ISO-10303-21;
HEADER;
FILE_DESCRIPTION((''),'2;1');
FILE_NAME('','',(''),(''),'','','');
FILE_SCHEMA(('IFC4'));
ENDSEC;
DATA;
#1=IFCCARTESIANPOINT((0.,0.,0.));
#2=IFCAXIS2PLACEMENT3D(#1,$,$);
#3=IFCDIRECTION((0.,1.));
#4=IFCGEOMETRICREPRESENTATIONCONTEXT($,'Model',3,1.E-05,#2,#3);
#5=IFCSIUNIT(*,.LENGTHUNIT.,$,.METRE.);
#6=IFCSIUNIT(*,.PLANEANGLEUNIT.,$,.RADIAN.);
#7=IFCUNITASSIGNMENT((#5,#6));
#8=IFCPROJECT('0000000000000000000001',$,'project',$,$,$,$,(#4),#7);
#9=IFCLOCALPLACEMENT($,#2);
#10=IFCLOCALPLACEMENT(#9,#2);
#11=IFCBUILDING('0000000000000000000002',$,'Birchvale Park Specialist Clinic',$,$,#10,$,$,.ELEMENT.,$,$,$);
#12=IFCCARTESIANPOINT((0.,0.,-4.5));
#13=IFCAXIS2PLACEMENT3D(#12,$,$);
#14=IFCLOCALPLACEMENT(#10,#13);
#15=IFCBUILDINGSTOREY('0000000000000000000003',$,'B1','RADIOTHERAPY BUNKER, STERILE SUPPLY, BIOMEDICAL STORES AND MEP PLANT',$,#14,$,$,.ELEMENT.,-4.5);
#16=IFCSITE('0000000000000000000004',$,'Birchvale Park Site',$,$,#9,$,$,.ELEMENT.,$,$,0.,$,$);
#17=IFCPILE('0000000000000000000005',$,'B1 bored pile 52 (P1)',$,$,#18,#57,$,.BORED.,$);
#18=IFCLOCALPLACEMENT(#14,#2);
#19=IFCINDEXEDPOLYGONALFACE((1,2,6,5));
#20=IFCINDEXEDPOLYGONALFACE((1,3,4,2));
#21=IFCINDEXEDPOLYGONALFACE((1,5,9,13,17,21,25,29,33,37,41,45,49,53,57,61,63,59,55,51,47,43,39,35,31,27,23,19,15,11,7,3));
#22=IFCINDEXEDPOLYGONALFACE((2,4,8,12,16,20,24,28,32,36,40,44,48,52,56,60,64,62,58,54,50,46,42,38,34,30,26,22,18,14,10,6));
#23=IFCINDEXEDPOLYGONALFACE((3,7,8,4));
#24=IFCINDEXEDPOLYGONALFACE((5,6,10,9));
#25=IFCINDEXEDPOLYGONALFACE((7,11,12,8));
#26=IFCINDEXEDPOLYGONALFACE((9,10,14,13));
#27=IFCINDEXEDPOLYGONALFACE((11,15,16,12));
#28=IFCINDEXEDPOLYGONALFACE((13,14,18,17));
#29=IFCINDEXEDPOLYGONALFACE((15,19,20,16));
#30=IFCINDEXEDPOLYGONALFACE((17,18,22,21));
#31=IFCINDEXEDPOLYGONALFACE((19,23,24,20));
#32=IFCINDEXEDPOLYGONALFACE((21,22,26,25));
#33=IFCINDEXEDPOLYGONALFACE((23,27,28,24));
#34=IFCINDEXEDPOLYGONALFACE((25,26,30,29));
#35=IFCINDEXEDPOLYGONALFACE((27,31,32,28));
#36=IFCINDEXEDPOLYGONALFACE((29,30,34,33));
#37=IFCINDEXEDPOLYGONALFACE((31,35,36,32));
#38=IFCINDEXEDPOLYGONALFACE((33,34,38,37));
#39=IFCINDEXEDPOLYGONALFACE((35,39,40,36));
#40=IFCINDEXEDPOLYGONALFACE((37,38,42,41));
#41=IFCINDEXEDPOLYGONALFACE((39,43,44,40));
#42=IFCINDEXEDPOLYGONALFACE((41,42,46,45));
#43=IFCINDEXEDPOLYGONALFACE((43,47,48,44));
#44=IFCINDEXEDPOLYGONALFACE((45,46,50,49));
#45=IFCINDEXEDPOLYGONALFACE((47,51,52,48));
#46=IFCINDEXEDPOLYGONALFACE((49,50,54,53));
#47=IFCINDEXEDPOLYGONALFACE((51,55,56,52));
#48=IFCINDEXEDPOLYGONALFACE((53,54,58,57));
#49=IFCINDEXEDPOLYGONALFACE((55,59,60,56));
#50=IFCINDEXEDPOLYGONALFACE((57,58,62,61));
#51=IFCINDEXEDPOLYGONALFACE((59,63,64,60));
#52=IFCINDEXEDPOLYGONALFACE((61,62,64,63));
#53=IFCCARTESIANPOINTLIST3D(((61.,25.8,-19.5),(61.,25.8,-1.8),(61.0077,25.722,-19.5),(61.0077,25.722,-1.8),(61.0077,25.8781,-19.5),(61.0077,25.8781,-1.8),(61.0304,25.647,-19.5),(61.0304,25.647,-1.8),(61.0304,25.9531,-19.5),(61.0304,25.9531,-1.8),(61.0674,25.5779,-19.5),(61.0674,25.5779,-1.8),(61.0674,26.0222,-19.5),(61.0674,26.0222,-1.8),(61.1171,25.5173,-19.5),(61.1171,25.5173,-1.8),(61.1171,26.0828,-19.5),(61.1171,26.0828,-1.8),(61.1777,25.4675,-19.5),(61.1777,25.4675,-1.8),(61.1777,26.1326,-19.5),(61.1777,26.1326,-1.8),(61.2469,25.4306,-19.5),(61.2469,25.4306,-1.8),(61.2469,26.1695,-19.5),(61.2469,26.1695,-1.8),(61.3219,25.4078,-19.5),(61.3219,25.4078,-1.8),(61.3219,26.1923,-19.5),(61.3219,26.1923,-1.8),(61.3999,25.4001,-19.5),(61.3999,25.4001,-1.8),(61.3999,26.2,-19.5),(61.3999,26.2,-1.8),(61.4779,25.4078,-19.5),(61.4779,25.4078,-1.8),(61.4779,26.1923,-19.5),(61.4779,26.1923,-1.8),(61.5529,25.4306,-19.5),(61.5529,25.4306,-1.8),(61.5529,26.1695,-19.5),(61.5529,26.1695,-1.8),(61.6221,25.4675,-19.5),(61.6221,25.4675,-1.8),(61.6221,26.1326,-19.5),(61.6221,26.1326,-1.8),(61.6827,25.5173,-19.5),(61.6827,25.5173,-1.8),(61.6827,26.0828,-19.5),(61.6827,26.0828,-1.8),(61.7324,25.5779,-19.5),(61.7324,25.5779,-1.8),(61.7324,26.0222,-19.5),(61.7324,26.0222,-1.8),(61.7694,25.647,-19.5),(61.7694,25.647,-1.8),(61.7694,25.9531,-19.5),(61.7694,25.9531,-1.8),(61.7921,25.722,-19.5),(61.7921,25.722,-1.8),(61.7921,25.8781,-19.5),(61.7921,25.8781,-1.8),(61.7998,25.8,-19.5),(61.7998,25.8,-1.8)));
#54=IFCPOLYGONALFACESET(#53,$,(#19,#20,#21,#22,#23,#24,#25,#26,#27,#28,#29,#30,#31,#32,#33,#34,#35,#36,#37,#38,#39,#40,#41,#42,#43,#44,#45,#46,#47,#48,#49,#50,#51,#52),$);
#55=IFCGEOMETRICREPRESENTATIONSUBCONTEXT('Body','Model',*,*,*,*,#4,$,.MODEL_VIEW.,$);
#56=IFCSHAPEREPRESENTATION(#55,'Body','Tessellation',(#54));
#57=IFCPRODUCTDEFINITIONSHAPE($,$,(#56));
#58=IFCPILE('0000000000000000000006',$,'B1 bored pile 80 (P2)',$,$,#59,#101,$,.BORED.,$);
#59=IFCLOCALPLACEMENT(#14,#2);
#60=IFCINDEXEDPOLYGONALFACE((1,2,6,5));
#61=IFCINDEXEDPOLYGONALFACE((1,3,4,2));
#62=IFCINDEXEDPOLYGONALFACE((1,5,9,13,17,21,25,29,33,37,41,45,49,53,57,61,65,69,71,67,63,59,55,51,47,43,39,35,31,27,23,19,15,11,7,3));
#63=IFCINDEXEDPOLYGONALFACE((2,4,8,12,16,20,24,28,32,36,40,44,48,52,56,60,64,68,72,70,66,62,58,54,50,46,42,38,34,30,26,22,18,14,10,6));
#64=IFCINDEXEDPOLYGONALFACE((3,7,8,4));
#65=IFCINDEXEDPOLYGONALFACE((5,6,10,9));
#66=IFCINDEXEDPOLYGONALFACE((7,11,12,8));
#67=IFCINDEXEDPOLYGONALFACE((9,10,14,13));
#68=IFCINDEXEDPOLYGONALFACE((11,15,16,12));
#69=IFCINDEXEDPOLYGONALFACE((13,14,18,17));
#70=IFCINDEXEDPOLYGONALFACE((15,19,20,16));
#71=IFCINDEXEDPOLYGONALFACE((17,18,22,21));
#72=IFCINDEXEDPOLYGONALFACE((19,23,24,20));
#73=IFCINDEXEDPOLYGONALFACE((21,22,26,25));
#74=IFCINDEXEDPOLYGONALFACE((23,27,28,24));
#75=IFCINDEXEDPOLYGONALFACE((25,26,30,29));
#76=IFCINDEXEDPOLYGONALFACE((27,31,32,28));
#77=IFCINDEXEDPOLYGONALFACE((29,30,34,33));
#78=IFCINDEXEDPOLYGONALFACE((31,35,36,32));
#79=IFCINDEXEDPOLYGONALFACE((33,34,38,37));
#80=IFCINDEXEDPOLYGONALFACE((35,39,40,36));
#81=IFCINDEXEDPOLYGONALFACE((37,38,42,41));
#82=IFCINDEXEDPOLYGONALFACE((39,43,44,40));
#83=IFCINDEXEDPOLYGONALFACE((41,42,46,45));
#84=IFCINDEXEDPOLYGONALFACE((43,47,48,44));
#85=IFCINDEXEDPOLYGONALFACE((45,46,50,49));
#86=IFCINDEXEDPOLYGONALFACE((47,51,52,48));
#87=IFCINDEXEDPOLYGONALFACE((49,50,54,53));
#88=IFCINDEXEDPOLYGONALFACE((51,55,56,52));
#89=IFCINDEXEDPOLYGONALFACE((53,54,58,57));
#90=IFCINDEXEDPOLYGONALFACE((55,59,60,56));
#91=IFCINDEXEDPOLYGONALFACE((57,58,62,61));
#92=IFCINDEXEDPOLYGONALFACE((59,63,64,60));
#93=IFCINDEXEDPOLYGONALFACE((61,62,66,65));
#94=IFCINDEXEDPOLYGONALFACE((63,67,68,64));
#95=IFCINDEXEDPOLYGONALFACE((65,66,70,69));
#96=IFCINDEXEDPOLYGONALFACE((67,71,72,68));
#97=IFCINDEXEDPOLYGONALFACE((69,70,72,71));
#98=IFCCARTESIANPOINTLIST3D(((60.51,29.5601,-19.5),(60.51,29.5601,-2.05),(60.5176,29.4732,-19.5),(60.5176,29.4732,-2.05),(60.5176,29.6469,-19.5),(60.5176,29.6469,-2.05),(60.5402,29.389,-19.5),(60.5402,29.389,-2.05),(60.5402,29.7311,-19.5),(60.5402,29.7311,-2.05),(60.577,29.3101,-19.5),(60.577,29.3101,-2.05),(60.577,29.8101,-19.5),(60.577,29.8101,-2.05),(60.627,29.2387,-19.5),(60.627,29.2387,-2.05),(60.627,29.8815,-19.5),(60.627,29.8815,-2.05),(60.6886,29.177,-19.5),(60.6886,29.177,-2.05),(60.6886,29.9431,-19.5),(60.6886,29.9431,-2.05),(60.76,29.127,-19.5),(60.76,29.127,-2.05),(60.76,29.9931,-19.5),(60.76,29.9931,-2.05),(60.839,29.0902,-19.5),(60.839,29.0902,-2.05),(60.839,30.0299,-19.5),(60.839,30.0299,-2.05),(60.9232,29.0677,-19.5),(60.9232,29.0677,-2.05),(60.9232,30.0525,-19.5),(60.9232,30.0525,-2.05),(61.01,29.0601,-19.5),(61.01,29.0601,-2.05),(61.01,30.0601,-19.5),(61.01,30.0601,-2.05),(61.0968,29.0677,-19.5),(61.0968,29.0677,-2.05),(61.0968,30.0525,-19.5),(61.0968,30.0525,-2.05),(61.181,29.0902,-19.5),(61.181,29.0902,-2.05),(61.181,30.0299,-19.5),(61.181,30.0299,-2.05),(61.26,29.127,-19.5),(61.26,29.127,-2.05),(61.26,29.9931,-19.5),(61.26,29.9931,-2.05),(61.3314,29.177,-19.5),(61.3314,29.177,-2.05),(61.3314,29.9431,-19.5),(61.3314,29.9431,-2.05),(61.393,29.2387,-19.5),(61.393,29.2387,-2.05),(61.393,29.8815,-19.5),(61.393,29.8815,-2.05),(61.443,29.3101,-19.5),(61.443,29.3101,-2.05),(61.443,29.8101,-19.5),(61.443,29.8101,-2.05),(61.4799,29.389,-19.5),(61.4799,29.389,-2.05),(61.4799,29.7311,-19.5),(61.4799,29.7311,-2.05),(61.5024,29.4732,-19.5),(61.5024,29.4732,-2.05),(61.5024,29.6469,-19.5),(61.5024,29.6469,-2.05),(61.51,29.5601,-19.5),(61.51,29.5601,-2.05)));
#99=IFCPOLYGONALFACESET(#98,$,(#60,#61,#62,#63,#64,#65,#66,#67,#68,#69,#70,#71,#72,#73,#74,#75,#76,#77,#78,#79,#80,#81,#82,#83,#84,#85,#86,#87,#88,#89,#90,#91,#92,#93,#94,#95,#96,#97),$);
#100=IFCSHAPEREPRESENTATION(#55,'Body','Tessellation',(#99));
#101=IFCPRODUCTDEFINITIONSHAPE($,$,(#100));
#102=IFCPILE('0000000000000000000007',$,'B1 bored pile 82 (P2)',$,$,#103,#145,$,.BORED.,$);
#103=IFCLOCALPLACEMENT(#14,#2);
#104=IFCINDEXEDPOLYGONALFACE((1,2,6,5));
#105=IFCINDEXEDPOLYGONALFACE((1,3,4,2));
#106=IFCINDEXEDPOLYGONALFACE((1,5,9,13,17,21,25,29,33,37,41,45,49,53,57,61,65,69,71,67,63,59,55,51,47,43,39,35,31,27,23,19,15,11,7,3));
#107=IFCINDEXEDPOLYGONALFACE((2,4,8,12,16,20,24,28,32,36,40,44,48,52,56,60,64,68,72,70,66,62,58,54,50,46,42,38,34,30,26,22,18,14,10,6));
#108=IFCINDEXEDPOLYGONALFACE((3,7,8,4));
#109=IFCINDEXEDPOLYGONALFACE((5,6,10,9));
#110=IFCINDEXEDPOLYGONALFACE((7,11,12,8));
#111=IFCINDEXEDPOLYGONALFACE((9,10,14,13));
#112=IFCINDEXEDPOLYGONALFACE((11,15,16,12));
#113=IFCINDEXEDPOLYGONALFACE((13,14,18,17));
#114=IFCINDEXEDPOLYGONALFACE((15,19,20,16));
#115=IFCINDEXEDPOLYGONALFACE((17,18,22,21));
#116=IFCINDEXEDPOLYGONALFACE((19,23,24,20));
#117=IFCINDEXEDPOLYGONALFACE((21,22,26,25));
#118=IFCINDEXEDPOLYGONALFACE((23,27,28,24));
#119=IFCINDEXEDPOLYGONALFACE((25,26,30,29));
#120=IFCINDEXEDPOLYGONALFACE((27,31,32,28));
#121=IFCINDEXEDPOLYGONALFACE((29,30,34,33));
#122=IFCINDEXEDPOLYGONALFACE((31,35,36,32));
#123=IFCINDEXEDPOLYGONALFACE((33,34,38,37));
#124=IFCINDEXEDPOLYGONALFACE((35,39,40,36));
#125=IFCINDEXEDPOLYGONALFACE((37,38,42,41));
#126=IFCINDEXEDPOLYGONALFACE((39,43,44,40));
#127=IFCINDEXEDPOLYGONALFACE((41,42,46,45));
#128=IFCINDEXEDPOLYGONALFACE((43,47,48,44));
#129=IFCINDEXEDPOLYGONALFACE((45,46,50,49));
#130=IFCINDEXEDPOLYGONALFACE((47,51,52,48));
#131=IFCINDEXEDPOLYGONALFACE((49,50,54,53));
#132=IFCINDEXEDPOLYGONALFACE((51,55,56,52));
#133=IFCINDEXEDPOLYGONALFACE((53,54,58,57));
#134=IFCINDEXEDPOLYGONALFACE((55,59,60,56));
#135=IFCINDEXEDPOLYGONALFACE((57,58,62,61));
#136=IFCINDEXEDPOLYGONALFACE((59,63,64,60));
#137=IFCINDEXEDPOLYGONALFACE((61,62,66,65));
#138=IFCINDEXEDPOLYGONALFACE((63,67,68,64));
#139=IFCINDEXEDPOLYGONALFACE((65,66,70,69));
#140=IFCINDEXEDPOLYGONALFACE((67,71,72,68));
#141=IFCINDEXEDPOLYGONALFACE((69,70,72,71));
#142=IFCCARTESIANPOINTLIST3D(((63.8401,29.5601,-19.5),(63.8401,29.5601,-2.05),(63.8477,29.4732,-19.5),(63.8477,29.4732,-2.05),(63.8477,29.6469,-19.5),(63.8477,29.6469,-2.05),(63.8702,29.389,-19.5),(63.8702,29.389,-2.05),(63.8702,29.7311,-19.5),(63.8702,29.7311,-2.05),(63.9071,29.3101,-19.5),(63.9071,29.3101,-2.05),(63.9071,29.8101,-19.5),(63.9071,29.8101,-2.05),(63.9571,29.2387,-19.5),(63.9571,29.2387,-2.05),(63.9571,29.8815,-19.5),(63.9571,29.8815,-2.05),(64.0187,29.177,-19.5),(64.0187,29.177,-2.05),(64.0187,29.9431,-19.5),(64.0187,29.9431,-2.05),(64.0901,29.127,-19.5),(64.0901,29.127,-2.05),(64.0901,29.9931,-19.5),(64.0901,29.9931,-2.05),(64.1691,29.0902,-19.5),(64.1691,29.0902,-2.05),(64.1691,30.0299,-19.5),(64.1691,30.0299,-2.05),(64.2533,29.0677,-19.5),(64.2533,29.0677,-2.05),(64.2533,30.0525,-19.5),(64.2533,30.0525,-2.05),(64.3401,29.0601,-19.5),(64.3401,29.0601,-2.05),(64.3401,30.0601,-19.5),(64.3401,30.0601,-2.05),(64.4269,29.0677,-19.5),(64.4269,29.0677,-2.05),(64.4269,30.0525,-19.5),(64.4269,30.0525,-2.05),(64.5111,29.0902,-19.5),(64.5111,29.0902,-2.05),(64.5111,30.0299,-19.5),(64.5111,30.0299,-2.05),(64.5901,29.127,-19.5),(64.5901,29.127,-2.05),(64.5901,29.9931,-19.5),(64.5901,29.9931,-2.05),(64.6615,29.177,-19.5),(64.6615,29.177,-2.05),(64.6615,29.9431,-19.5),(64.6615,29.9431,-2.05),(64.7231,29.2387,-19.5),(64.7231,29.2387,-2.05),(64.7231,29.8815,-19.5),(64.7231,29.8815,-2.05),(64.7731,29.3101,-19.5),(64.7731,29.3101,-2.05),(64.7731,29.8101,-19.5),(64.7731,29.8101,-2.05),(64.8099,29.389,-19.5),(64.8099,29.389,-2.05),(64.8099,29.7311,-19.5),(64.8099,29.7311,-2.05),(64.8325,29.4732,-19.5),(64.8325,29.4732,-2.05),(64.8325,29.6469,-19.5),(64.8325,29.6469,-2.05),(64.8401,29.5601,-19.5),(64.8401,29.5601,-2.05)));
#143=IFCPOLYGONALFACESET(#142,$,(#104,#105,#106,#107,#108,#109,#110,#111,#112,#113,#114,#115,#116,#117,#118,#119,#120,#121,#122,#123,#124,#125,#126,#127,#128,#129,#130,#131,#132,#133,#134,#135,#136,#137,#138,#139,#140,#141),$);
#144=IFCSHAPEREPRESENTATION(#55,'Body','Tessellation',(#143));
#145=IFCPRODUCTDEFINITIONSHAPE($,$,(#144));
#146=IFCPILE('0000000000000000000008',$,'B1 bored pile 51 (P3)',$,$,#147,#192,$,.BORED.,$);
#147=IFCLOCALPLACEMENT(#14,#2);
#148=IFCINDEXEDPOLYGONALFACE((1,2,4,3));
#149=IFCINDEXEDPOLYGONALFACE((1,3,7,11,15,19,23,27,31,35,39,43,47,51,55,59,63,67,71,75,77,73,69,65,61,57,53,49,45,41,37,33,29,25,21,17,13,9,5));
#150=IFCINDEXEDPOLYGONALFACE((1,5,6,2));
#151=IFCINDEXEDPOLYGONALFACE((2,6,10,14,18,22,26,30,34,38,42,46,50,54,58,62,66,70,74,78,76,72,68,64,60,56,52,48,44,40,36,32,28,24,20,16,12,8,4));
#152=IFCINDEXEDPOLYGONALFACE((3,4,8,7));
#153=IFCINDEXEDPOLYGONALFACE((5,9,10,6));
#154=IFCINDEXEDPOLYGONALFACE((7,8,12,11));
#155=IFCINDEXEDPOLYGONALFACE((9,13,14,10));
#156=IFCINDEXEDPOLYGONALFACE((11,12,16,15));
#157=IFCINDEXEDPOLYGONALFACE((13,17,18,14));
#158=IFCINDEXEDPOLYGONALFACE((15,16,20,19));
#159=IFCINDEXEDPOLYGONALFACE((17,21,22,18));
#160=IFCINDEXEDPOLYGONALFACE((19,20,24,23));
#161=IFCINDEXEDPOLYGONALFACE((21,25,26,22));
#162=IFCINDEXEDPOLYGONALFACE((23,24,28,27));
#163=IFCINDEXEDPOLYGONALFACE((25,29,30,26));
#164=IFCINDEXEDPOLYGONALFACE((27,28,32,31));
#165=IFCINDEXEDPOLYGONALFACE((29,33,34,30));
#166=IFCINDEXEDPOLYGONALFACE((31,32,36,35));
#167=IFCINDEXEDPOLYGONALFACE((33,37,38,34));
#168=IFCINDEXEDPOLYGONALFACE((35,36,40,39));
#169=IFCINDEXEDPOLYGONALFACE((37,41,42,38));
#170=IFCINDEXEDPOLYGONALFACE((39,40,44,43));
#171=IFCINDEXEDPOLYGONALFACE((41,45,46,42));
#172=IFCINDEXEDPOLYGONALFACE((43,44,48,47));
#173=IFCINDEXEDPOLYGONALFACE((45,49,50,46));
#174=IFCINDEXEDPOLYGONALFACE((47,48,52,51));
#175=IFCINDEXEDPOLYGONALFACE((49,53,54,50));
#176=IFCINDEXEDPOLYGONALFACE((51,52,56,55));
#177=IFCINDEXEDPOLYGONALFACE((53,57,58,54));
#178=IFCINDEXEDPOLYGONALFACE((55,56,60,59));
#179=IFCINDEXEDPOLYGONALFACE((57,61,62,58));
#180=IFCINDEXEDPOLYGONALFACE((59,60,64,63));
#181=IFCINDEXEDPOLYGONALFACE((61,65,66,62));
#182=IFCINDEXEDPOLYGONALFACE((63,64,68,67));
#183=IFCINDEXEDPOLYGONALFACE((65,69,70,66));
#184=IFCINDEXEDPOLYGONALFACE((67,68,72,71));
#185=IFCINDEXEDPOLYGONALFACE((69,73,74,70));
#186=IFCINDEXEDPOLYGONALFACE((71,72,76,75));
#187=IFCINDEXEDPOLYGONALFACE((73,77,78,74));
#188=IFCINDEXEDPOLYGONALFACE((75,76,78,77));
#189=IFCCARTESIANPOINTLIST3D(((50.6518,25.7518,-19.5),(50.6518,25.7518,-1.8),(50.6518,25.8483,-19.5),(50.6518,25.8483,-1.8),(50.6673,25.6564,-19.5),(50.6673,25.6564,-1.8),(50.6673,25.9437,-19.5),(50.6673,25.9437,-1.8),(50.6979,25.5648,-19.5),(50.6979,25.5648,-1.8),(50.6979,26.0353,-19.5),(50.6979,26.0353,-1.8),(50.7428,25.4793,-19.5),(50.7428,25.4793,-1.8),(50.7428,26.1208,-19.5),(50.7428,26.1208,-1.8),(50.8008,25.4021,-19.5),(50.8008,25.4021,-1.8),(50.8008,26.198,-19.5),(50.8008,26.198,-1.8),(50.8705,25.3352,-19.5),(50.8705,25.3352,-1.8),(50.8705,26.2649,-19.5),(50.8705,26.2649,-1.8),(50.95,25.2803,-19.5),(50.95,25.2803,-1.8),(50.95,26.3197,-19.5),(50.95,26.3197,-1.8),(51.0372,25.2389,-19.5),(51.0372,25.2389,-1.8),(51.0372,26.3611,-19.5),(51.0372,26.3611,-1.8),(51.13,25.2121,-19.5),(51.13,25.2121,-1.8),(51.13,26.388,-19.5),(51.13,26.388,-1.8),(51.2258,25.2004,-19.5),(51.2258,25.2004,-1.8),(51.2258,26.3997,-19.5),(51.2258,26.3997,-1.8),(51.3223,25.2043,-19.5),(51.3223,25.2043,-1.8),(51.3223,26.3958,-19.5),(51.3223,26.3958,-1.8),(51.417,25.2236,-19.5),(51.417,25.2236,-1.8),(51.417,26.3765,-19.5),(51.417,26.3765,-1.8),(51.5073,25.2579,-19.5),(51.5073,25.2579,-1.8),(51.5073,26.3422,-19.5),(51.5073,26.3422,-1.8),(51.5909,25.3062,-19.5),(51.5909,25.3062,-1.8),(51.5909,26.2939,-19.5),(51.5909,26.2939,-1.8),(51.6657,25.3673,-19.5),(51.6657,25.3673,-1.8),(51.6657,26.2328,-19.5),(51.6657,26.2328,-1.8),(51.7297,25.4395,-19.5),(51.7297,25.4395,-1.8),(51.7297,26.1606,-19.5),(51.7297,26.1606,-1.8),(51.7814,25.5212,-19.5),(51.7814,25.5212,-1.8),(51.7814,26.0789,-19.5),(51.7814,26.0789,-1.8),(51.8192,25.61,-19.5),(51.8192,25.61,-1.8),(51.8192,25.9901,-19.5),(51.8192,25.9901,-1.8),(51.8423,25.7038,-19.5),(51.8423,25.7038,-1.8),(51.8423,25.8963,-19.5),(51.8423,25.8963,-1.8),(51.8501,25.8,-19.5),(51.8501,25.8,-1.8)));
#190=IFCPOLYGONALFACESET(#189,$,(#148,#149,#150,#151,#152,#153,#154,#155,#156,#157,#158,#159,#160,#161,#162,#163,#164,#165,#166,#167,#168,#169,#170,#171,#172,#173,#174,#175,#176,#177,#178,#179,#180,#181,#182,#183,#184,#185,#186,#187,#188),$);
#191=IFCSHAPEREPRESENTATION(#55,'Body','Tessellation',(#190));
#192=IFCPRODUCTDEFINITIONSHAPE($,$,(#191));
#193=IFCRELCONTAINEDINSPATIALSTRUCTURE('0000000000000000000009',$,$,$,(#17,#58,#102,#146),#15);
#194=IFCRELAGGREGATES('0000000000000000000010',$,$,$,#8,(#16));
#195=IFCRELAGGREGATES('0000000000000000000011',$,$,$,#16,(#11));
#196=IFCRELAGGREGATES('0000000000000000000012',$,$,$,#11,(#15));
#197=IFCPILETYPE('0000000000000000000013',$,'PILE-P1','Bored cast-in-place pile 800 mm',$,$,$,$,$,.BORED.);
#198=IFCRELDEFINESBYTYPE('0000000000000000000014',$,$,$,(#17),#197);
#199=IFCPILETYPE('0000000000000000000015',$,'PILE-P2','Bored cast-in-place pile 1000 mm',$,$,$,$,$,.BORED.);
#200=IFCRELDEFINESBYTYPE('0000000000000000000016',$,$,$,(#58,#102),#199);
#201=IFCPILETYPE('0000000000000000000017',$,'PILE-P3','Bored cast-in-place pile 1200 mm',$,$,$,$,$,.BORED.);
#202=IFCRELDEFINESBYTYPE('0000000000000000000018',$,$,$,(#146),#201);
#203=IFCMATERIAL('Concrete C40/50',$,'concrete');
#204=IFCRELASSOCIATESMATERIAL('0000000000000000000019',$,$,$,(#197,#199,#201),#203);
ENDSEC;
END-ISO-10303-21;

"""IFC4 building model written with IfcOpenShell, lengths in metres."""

from ifc_helpers import new_model, si_unit, direction, frame, origin, origin_2d, place, context, subcontext, project, spatial, circle, extrude, material, material_profile, profile_set, type_object, element, save


model = new_model("IFC4")

# Units and contexts
model_context = context("Model", 3, precision=1e-05, world=origin(), true_north=direction((0.0, 1.0)))
body_context = subcontext(model_context, "Body", "Model", "MODEL_VIEW")
ifc_project = project(units=[si_unit("LENGTHUNIT", "METRE"), si_unit("PLANEANGLEUNIT", "RADIAN")], contexts=[model_context])

# Site, building, storey
site_placement = place(None, origin())
site = spatial("IfcSite", under=ifc_project, at=site_placement, Name="Birchvale Park Site", CompositionType="ELEMENT", RefElevation=0.0)
building_placement = place(site_placement, origin())
building = spatial("IfcBuilding", under=site, at=building_placement, Name="Birchvale Park Specialist Clinic", CompositionType="ELEMENT")
storey_placement = place(building_placement, frame((0.0, 0.0, -4.5)))
storey = spatial("IfcBuildingStorey", under=building, at=storey_placement, Name="B1", Description="RADIOTHERAPY BUNKER, STERILE SUPPLY, BIOMEDICAL STORES AND MEP PLANT", CompositionType="ELEMENT", Elevation=-4.5)

# Shared definitions
ifc_material_1 = material(Name="Concrete C40/50", Category="concrete")

# Piles
ifc_material_profile_1 = material_profile(ifc_material_1, circle(Radius=0.3999, at=origin_2d()), Name="PILE-800")
ifc_profile_set_1 = profile_set([ifc_material_profile_1], Name="Concrete C40/50")
pile_type_1 = type_object("IfcPileType", Name="PILE-P1", Description="Bored cast-in-place pile 800 mm", PredefinedType="BORED", material=ifc_profile_set_1)
pile_1_placement = place(storey_placement, frame((61.3999, 25.8, -1.8), z_axis=(0.0, 0.0, -1.0), x_axis=(1.0, 0.0, 0.0)))
element("IfcPile", 1, at=pile_1_placement, inside=storey, type_object=pile_type_1, Name="B1 bored pile 52 (P1)", PredefinedType="BORED", context=body_context, shape_type="SweptSolid", body=[
    extrude(circle(Radius=0.3999, at=origin_2d()), origin(), (0.0, 0.0, 1.0), 17.7),
])
ifc_material_profile_2 = material_profile(ifc_material_1, circle(Radius=0.5, at=origin_2d()), Name="PILE-1000")
ifc_profile_set_2 = profile_set([ifc_material_profile_2], Name="Concrete C40/50")
pile_type_2 = type_object("IfcPileType", Name="PILE-P2", Description="Bored cast-in-place pile 1000 mm", PredefinedType="BORED", material=ifc_profile_set_2)
for number, where, z_axis, x_axis, name in (
    (2, (61.01, 29.5601, -2.05), (0.0, 0.0, -1.0), (1.0, 0.0, 0.0), "B1 bored pile 80 (P2)"),
    (3, (64.3401, 29.5601, -2.05), (0.0, 0.0, -1.0), (1.0, 0.0, 0.0), "B1 bored pile 82 (P2)"),
):
    element("IfcPile", number, at=place(storey_placement, frame(where, z_axis=z_axis, x_axis=x_axis)), inside=storey, type_object=pile_type_2, Name=name, PredefinedType="BORED", context=body_context, shape_type="SweptSolid", body=[
        extrude(circle(Radius=0.5, at=origin_2d()), origin(), (0.0, 0.0, 1.0), 17.45),
    ])
ifc_material_profile_3 = material_profile(ifc_material_1, circle(Radius=0.6001, at=origin_2d()), Name="PILE-1200")
ifc_profile_set_3 = profile_set([ifc_material_profile_3], Name="Concrete C40/50")
pile_type_3 = type_object("IfcPileType", Name="PILE-P3", Description="Bored cast-in-place pile 1200 mm", PredefinedType="BORED", material=ifc_profile_set_3)
pile_2_placement = place(storey_placement, frame((51.25, 25.8, -1.8), z_axis=(0.0, 0.0, -1.0), x_axis=(1.0, 0.0, 0.0)))
element("IfcPile", 4, at=pile_2_placement, inside=storey, type_object=pile_type_3, Name="B1 bored pile 51 (P3)", PredefinedType="BORED", context=body_context, shape_type="SweptSolid", body=[
    extrude(circle(Radius=0.6001, at=origin_2d()), origin(), (0.0, 0.0, 1.0), 17.7),
])

save(model, "model.ifc")
